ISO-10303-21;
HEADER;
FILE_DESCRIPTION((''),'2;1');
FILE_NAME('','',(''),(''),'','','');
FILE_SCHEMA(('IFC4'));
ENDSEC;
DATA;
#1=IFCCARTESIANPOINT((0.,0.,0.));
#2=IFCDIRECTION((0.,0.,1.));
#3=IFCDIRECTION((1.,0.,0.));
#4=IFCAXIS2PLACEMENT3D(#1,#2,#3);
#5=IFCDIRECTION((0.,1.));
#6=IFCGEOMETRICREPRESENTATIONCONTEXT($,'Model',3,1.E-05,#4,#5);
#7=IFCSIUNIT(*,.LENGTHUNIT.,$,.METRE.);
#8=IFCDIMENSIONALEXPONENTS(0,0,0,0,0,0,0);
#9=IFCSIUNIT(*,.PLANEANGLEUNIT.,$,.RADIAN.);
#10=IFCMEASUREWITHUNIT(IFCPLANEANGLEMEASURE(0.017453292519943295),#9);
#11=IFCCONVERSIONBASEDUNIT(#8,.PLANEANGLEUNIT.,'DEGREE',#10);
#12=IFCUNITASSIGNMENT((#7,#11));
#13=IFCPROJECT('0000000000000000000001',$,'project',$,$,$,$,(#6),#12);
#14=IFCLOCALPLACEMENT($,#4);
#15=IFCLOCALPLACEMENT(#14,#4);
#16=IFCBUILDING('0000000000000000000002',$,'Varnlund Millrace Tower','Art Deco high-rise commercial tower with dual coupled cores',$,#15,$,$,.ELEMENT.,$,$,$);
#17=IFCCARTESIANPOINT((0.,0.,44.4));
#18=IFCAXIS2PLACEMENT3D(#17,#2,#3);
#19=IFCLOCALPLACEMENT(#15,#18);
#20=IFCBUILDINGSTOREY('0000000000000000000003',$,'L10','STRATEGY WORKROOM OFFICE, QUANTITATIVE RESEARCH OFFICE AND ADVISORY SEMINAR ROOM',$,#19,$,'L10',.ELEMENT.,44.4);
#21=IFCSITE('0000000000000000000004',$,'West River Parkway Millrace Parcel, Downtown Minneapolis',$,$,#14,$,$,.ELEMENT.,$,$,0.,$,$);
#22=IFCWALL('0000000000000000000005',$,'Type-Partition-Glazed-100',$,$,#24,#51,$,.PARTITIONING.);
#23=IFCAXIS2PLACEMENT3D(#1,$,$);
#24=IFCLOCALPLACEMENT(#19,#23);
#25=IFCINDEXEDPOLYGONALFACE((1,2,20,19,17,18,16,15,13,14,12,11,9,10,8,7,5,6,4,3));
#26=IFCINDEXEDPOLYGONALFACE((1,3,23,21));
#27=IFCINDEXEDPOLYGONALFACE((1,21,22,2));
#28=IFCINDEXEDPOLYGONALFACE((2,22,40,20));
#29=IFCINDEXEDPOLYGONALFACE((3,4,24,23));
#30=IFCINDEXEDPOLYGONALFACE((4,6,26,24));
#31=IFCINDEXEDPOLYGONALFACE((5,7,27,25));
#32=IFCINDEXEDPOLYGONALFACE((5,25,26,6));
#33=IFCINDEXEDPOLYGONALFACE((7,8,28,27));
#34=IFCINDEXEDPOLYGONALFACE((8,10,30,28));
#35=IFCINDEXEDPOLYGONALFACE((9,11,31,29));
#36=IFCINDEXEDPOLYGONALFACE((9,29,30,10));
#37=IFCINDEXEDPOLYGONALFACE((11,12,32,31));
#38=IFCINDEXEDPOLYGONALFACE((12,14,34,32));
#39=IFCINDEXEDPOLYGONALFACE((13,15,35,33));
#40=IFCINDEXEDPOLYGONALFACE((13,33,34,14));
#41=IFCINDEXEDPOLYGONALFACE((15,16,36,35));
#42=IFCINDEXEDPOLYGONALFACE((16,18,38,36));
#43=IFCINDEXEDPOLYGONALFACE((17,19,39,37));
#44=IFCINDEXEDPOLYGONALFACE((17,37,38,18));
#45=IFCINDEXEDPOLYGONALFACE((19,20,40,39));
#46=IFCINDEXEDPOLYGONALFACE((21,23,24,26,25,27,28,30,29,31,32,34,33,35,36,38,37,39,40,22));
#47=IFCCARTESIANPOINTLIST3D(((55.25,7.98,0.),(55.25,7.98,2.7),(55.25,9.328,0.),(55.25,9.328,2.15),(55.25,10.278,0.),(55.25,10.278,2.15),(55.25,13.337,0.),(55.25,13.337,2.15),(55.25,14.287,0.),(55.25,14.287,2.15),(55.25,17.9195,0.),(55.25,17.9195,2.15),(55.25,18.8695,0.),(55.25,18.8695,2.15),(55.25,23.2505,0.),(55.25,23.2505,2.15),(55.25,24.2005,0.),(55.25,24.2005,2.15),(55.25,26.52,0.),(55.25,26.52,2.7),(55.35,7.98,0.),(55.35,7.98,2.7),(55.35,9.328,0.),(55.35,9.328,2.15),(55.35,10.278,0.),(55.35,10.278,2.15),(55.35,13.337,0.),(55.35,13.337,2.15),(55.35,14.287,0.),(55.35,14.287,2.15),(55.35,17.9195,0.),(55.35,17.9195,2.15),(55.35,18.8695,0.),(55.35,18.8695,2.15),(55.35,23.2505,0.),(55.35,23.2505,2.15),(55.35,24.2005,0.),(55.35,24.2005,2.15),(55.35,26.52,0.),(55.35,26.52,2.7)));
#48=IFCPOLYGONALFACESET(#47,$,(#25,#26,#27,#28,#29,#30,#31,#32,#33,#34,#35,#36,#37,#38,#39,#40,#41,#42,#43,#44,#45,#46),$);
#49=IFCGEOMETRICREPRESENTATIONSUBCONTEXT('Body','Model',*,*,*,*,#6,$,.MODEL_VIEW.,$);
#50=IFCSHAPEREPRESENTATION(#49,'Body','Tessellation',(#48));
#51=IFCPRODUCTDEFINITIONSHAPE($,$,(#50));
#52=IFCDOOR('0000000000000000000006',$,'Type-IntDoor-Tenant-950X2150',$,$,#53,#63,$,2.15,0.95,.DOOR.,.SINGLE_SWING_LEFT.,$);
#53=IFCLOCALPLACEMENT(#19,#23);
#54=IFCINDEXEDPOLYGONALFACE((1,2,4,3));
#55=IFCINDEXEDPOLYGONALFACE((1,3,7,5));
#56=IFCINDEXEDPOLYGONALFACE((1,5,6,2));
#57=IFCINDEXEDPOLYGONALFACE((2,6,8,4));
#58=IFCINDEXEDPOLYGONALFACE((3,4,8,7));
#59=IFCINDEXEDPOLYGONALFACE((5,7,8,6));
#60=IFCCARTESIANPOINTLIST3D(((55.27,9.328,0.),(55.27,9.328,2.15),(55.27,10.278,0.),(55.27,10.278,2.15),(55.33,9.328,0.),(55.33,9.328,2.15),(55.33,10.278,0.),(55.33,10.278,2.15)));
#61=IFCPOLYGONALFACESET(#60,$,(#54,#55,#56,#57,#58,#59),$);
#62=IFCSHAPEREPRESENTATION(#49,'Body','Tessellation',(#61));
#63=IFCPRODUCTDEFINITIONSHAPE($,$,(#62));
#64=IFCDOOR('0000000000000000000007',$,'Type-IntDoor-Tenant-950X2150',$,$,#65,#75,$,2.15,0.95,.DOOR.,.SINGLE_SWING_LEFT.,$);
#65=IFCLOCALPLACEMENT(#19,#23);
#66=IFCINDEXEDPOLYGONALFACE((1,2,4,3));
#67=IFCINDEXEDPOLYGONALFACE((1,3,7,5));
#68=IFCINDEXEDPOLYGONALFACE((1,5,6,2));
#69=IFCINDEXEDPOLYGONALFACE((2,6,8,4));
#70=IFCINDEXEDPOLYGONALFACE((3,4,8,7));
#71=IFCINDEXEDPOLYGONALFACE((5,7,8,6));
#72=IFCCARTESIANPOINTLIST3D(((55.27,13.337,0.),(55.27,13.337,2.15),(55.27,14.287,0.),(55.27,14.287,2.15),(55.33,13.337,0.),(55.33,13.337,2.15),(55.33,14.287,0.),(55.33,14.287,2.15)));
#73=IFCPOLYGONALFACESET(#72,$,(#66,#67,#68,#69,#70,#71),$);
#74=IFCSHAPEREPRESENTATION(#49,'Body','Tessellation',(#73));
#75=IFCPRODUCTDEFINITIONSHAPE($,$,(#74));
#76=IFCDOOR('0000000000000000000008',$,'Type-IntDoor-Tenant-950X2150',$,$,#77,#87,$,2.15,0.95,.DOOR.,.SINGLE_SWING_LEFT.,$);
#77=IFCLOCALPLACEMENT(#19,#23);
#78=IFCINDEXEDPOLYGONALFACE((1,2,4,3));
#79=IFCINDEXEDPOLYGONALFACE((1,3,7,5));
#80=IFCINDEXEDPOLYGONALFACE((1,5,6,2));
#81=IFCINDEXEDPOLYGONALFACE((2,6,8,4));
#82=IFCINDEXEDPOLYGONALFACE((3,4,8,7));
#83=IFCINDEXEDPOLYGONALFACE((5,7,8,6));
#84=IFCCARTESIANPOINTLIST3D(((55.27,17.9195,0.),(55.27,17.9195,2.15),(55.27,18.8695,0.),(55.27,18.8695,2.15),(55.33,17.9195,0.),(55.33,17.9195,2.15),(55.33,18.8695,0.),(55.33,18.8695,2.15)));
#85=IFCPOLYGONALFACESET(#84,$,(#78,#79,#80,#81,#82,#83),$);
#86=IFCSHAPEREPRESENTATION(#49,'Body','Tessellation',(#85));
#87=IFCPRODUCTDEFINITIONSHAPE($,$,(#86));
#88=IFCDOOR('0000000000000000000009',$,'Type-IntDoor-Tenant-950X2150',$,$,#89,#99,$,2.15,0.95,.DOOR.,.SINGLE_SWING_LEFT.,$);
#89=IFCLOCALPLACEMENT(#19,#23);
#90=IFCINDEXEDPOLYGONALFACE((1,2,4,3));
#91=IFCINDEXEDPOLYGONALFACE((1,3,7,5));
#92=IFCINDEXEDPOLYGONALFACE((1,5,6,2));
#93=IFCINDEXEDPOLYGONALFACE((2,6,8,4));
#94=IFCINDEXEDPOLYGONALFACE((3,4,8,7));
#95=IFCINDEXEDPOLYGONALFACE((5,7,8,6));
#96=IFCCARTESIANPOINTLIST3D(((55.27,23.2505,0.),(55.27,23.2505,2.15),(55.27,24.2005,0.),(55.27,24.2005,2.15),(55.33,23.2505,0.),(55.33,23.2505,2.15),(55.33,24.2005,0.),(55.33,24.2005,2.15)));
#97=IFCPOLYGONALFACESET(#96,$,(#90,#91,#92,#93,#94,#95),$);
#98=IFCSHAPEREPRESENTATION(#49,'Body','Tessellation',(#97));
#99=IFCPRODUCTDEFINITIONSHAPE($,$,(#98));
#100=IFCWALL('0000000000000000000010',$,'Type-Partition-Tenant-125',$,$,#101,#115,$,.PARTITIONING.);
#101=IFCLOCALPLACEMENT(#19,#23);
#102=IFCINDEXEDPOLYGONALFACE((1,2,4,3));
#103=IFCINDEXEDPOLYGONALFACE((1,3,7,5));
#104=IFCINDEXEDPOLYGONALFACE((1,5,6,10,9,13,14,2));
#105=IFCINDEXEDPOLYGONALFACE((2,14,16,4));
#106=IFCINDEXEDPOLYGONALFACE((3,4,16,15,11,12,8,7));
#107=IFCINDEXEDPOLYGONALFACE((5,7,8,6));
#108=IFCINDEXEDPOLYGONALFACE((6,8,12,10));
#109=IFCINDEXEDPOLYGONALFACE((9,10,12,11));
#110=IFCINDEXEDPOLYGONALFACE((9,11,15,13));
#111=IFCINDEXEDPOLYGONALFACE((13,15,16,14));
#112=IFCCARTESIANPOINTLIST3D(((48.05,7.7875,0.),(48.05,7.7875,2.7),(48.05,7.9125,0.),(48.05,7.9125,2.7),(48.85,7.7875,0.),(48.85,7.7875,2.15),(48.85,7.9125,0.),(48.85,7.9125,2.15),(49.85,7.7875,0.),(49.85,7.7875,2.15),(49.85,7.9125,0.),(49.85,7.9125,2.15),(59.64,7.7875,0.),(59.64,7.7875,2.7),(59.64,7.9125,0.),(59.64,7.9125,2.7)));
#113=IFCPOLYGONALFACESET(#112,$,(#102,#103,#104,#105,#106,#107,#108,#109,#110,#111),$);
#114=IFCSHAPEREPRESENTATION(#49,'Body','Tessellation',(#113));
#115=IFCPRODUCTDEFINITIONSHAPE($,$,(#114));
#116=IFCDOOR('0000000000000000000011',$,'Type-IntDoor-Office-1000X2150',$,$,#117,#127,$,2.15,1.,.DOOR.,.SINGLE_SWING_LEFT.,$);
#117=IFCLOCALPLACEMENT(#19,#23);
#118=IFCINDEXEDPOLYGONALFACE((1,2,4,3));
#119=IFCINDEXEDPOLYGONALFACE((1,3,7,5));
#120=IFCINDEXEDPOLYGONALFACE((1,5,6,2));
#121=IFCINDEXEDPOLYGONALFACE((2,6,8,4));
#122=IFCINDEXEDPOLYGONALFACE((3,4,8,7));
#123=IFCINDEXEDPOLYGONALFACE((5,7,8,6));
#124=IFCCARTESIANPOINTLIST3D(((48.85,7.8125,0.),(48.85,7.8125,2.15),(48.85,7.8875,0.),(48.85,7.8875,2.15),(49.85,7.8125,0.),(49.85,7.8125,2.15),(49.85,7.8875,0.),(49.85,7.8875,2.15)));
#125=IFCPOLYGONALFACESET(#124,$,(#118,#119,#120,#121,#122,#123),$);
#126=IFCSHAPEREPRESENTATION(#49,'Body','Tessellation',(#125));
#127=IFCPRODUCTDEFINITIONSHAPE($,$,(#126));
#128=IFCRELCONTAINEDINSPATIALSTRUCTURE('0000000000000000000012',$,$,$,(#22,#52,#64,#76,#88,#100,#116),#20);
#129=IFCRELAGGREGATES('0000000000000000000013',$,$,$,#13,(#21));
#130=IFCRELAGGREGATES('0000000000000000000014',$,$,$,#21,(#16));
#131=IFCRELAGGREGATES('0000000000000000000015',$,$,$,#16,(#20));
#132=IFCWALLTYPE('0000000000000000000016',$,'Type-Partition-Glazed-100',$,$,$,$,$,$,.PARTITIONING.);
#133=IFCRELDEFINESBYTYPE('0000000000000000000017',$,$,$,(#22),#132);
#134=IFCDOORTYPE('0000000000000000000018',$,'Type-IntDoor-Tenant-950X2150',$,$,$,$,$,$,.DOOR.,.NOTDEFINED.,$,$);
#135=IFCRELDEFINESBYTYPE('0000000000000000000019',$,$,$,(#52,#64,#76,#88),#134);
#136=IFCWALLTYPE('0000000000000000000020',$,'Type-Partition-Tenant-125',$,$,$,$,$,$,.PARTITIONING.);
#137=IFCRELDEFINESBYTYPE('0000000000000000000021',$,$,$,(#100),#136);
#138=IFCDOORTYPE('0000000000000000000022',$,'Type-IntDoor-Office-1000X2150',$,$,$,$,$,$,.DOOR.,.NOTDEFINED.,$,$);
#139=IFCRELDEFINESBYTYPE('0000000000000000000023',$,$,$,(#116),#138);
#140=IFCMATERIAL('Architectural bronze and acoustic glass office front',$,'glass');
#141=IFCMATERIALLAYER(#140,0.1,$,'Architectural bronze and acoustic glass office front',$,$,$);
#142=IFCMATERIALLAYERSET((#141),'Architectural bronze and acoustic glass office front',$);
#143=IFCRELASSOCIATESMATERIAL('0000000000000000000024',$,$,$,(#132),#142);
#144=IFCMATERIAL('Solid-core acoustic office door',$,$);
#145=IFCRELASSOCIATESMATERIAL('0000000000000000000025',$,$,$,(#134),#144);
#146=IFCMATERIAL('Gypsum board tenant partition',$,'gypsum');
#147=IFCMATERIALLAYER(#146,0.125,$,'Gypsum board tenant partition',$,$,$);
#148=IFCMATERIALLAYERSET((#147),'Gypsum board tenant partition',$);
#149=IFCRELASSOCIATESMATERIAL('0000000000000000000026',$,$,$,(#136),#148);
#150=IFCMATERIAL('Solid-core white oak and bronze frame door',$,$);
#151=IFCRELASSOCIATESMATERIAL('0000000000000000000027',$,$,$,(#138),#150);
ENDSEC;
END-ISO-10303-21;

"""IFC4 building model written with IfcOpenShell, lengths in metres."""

from ifc_helpers import new_model, entity, si_unit, converted_unit, direction, frame, origin_with_axes, origin_2d_with_axis, place, context, subcontext, project, spatial, polyline, rectangle, outline, extrude, material, layer, layer_set, type_object, element, fill, save


model = new_model("IFC4")

# Units and contexts
model_context = context("Model", 3, precision=1e-05, world=origin_with_axes(), true_north=direction((0.0, 1.0)))
body_context = subcontext(model_context, "Body", "Model", "MODEL_VIEW")
ifc_project = project(units=[si_unit("LENGTHUNIT", "METRE"), converted_unit("PLANEANGLEUNIT", "DEGREE", entity("IfcPlaneAngleMeasure", 0.017453292519943295), si_unit("PLANEANGLEUNIT", "RADIAN"), dimensions=[0, 0, 0, 0, 0, 0, 0])], contexts=[model_context])

# Site, building, storey
site_placement = place(None, origin_with_axes())
site = spatial("IfcSite", under=ifc_project, at=site_placement, Name="West River Parkway Millrace Parcel, Downtown Minneapolis", CompositionType="ELEMENT", RefElevation=0.0)
building_placement = place(site_placement, origin_with_axes())
building = spatial("IfcBuilding", under=site, at=building_placement, Name="Varnlund Millrace Tower", Description="Art Deco high-rise commercial tower with dual coupled cores", CompositionType="ELEMENT")
storey_placement = place(building_placement, frame((0.0, 0.0, 44.4), z_axis=(0.0, 0.0, 1.0), x_axis=(1.0, 0.0, 0.0)))
storey = spatial("IfcBuildingStorey", under=building, at=storey_placement, Name="L10", Description="STRATEGY WORKROOM OFFICE, QUANTITATIVE RESEARCH OFFICE AND ADVISORY SEMINAR ROOM", LongName="L10", CompositionType="ELEMENT", Elevation=44.4)

# Wall, openings, doors
ifc_material_1 = material(Name="Architectural bronze and acoustic glass office front", Category="glass")
ifc_layer_1 = layer(ifc_material_1, 0.1, Name="Architectural bronze and acoustic glass office front")
ifc_layer_set_1 = layer_set([ifc_layer_1], Name="Architectural bronze and acoustic glass office front")
wall_type_1 = type_object("IfcWallType", Name="Type-Partition-Glazed-100", PredefinedType="PARTITIONING", material=ifc_layer_set_1)
wall_1_placement = place(storey_placement, frame((55.3, 7.98, 0.0), z_axis=(0.0, 0.0, 1.0), x_axis=(0.0, 1.0, 0.0)))
wall_1 = element("IfcWall", 1, at=wall_1_placement, inside=storey, type_object=wall_type_1, Name="Type-Partition-Glazed-100", PredefinedType="PARTITIONING", context=body_context, shape_type="SweptSolid", body=[
    extrude(outline(polyline([(0.0, -0.05), (18.54, -0.05), (18.54, 0.05), (0.0, 0.05), (0.0, -0.05)])), origin_with_axes(), (0.0, 0.0, 1.0), 2.7),
])
opening_1_placement = place(wall_1_placement, frame((1.823, 0.0, 0.0), z_axis=(0.0, 0.0, 1.0), x_axis=(1.0, 0.0, 0.0)))
opening_1 = element("IfcOpeningElement", 2, at=opening_1_placement, cuts=wall_1, PredefinedType="OPENING", context=body_context, shape_type="SweptSolid", body=[
    extrude(rectangle(XDim=0.95, YDim=0.12, at=origin_2d_with_axis()), origin_with_axes(), (0.0, 0.0, 1.0), 2.15),
])
opening_2_placement = place(wall_1_placement, frame((5.832, 0.0, 0.0), z_axis=(0.0, 0.0, 1.0), x_axis=(1.0, 0.0, 0.0)))
opening_2 = element("IfcOpeningElement", 3, at=opening_2_placement, cuts=wall_1, PredefinedType="OPENING", context=body_context, shape_type="SweptSolid", body=[
    extrude(rectangle(XDim=0.95, YDim=0.12, at=origin_2d_with_axis()), origin_with_axes(), (0.0, 0.0, 1.0), 2.15),
])
opening_3_placement = place(wall_1_placement, frame((10.4145, 0.0, 0.0), z_axis=(0.0, 0.0, 1.0), x_axis=(1.0, 0.0, 0.0)))
opening_3 = element("IfcOpeningElement", 4, at=opening_3_placement, cuts=wall_1, PredefinedType="OPENING", context=body_context, shape_type="SweptSolid", body=[
    extrude(rectangle(XDim=0.95, YDim=0.12, at=origin_2d_with_axis()), origin_with_axes(), (0.0, 0.0, 1.0), 2.15),
])
opening_4_placement = place(wall_1_placement, frame((15.7455, 0.0, 0.0), z_axis=(0.0, 0.0, 1.0), x_axis=(1.0, 0.0, 0.0)))
opening_4 = element("IfcOpeningElement", 5, at=opening_4_placement, cuts=wall_1, PredefinedType="OPENING", context=body_context, shape_type="SweptSolid", body=[
    extrude(rectangle(XDim=0.95, YDim=0.12, at=origin_2d_with_axis()), origin_with_axes(), (0.0, 0.0, 1.0), 2.15),
])
ifc_material_2 = material(Name="Solid-core acoustic office door")
door_type_1 = type_object("IfcDoorType", Name="Type-IntDoor-Tenant-950X2150", OperationType="NOTDEFINED", PredefinedType="DOOR", material=ifc_material_2)
door_1_placement = place(wall_1_placement, frame((1.823, 0.0, 0.0), z_axis=(0.0, 0.0, 1.0), x_axis=(1.0, 0.0, 0.0)))
door_1 = element("IfcDoor", 6, at=door_1_placement, inside=storey, type_object=door_type_1, Name="Type-IntDoor-Tenant-950X2150", OperationType="SINGLE_SWING_LEFT", OverallHeight=2.15, OverallWidth=0.95, PredefinedType="DOOR", context=body_context, shape_type="SweptSolid", body=[
    extrude(rectangle(XDim=0.95, YDim=0.06, at=origin_2d_with_axis()), origin_with_axes(), (0.0, 0.0, 1.0), 2.15),
])
fill(opening_1, door_1)
door_2_placement = place(wall_1_placement, frame((5.832, 0.0, 0.0), z_axis=(0.0, 0.0, 1.0), x_axis=(1.0, 0.0, 0.0)))
door_2 = element("IfcDoor", 7, at=door_2_placement, inside=storey, type_object=door_type_1, Name="Type-IntDoor-Tenant-950X2150", OperationType="SINGLE_SWING_LEFT", OverallHeight=2.15, OverallWidth=0.95, PredefinedType="DOOR", context=body_context, shape_type="SweptSolid", body=[
    extrude(rectangle(XDim=0.95, YDim=0.06, at=origin_2d_with_axis()), origin_with_axes(), (0.0, 0.0, 1.0), 2.15),
])
fill(opening_2, door_2)
door_3_placement = place(wall_1_placement, frame((10.4145, 0.0, 0.0), z_axis=(0.0, 0.0, 1.0), x_axis=(1.0, 0.0, 0.0)))
door_3 = element("IfcDoor", 8, at=door_3_placement, inside=storey, type_object=door_type_1, Name="Type-IntDoor-Tenant-950X2150", OperationType="SINGLE_SWING_LEFT", OverallHeight=2.15, OverallWidth=0.95, PredefinedType="DOOR", context=body_context, shape_type="SweptSolid", body=[
    extrude(rectangle(XDim=0.95, YDim=0.06, at=origin_2d_with_axis()), origin_with_axes(), (0.0, 0.0, 1.0), 2.15),
])
fill(opening_3, door_3)
door_4_placement = place(wall_1_placement, frame((15.7455, 0.0, 0.0), z_axis=(0.0, 0.0, 1.0), x_axis=(1.0, 0.0, 0.0)))
door_4 = element("IfcDoor", 9, at=door_4_placement, inside=storey, type_object=door_type_1, Name="Type-IntDoor-Tenant-950X2150", OperationType="SINGLE_SWING_LEFT", OverallHeight=2.15, OverallWidth=0.95, PredefinedType="DOOR", context=body_context, shape_type="SweptSolid", body=[
    extrude(rectangle(XDim=0.95, YDim=0.06, at=origin_2d_with_axis()), origin_with_axes(), (0.0, 0.0, 1.0), 2.15),
])
fill(opening_4, door_4)

# Wall, opening, door
ifc_material_3 = material(Name="Gypsum board tenant partition", Category="gypsum")
ifc_layer_2 = layer(ifc_material_3, 0.125, Name="Gypsum board tenant partition")
ifc_layer_set_2 = layer_set([ifc_layer_2], Name="Gypsum board tenant partition")
wall_type_2 = type_object("IfcWallType", Name="Type-Partition-Tenant-125", PredefinedType="PARTITIONING", material=ifc_layer_set_2)
wall_2_placement = place(storey_placement, frame((59.64, 7.85, 0.0), z_axis=(0.0, 0.0, 1.0), x_axis=(-1.0, 0.0, 0.0)))
wall_2 = element("IfcWall", 10, at=wall_2_placement, inside=storey, type_object=wall_type_2, Name="Type-Partition-Tenant-125", PredefinedType="PARTITIONING", context=body_context, shape_type="SweptSolid", body=[
    extrude(outline(polyline([(0.0, -0.0625), (11.59, -0.0625), (11.59, 0.0625), (0.0, 0.0625), (0.0, -0.0625)])), origin_with_axes(), (0.0, 0.0, 1.0), 2.7),
])
opening_5_placement = place(wall_2_placement, frame((10.29, 0.0, 0.0), z_axis=(0.0, 0.0, 1.0), x_axis=(1.0, 0.0, 0.0)))
opening_5 = element("IfcOpeningElement", 11, at=opening_5_placement, cuts=wall_2, PredefinedType="OPENING", context=body_context, shape_type="SweptSolid", body=[
    extrude(rectangle(XDim=1.0, YDim=0.145, at=origin_2d_with_axis()), origin_with_axes(), (0.0, 0.0, 1.0), 2.15),
])
ifc_material_4 = material(Name="Solid-core white oak and bronze frame door")
door_type_2 = type_object("IfcDoorType", Name="Type-IntDoor-Office-1000X2150", OperationType="NOTDEFINED", PredefinedType="DOOR", material=ifc_material_4)
door_5_placement = place(wall_2_placement, frame((10.29, 0.0, 0.0), z_axis=(0.0, 0.0, 1.0), x_axis=(1.0, 0.0, 0.0)))
door_5 = element("IfcDoor", 12, at=door_5_placement, inside=storey, type_object=door_type_2, Name="Type-IntDoor-Office-1000X2150", OperationType="SINGLE_SWING_LEFT", OverallHeight=2.15, OverallWidth=1.0, PredefinedType="DOOR", context=body_context, shape_type="SweptSolid", body=[
    extrude(rectangle(XDim=1.0, YDim=0.075, at=origin_2d_with_axis()), origin_with_axes(), (0.0, 0.0, 1.0), 2.15),
])
fill(opening_5, door_5)

save(model, "model.ifc")
